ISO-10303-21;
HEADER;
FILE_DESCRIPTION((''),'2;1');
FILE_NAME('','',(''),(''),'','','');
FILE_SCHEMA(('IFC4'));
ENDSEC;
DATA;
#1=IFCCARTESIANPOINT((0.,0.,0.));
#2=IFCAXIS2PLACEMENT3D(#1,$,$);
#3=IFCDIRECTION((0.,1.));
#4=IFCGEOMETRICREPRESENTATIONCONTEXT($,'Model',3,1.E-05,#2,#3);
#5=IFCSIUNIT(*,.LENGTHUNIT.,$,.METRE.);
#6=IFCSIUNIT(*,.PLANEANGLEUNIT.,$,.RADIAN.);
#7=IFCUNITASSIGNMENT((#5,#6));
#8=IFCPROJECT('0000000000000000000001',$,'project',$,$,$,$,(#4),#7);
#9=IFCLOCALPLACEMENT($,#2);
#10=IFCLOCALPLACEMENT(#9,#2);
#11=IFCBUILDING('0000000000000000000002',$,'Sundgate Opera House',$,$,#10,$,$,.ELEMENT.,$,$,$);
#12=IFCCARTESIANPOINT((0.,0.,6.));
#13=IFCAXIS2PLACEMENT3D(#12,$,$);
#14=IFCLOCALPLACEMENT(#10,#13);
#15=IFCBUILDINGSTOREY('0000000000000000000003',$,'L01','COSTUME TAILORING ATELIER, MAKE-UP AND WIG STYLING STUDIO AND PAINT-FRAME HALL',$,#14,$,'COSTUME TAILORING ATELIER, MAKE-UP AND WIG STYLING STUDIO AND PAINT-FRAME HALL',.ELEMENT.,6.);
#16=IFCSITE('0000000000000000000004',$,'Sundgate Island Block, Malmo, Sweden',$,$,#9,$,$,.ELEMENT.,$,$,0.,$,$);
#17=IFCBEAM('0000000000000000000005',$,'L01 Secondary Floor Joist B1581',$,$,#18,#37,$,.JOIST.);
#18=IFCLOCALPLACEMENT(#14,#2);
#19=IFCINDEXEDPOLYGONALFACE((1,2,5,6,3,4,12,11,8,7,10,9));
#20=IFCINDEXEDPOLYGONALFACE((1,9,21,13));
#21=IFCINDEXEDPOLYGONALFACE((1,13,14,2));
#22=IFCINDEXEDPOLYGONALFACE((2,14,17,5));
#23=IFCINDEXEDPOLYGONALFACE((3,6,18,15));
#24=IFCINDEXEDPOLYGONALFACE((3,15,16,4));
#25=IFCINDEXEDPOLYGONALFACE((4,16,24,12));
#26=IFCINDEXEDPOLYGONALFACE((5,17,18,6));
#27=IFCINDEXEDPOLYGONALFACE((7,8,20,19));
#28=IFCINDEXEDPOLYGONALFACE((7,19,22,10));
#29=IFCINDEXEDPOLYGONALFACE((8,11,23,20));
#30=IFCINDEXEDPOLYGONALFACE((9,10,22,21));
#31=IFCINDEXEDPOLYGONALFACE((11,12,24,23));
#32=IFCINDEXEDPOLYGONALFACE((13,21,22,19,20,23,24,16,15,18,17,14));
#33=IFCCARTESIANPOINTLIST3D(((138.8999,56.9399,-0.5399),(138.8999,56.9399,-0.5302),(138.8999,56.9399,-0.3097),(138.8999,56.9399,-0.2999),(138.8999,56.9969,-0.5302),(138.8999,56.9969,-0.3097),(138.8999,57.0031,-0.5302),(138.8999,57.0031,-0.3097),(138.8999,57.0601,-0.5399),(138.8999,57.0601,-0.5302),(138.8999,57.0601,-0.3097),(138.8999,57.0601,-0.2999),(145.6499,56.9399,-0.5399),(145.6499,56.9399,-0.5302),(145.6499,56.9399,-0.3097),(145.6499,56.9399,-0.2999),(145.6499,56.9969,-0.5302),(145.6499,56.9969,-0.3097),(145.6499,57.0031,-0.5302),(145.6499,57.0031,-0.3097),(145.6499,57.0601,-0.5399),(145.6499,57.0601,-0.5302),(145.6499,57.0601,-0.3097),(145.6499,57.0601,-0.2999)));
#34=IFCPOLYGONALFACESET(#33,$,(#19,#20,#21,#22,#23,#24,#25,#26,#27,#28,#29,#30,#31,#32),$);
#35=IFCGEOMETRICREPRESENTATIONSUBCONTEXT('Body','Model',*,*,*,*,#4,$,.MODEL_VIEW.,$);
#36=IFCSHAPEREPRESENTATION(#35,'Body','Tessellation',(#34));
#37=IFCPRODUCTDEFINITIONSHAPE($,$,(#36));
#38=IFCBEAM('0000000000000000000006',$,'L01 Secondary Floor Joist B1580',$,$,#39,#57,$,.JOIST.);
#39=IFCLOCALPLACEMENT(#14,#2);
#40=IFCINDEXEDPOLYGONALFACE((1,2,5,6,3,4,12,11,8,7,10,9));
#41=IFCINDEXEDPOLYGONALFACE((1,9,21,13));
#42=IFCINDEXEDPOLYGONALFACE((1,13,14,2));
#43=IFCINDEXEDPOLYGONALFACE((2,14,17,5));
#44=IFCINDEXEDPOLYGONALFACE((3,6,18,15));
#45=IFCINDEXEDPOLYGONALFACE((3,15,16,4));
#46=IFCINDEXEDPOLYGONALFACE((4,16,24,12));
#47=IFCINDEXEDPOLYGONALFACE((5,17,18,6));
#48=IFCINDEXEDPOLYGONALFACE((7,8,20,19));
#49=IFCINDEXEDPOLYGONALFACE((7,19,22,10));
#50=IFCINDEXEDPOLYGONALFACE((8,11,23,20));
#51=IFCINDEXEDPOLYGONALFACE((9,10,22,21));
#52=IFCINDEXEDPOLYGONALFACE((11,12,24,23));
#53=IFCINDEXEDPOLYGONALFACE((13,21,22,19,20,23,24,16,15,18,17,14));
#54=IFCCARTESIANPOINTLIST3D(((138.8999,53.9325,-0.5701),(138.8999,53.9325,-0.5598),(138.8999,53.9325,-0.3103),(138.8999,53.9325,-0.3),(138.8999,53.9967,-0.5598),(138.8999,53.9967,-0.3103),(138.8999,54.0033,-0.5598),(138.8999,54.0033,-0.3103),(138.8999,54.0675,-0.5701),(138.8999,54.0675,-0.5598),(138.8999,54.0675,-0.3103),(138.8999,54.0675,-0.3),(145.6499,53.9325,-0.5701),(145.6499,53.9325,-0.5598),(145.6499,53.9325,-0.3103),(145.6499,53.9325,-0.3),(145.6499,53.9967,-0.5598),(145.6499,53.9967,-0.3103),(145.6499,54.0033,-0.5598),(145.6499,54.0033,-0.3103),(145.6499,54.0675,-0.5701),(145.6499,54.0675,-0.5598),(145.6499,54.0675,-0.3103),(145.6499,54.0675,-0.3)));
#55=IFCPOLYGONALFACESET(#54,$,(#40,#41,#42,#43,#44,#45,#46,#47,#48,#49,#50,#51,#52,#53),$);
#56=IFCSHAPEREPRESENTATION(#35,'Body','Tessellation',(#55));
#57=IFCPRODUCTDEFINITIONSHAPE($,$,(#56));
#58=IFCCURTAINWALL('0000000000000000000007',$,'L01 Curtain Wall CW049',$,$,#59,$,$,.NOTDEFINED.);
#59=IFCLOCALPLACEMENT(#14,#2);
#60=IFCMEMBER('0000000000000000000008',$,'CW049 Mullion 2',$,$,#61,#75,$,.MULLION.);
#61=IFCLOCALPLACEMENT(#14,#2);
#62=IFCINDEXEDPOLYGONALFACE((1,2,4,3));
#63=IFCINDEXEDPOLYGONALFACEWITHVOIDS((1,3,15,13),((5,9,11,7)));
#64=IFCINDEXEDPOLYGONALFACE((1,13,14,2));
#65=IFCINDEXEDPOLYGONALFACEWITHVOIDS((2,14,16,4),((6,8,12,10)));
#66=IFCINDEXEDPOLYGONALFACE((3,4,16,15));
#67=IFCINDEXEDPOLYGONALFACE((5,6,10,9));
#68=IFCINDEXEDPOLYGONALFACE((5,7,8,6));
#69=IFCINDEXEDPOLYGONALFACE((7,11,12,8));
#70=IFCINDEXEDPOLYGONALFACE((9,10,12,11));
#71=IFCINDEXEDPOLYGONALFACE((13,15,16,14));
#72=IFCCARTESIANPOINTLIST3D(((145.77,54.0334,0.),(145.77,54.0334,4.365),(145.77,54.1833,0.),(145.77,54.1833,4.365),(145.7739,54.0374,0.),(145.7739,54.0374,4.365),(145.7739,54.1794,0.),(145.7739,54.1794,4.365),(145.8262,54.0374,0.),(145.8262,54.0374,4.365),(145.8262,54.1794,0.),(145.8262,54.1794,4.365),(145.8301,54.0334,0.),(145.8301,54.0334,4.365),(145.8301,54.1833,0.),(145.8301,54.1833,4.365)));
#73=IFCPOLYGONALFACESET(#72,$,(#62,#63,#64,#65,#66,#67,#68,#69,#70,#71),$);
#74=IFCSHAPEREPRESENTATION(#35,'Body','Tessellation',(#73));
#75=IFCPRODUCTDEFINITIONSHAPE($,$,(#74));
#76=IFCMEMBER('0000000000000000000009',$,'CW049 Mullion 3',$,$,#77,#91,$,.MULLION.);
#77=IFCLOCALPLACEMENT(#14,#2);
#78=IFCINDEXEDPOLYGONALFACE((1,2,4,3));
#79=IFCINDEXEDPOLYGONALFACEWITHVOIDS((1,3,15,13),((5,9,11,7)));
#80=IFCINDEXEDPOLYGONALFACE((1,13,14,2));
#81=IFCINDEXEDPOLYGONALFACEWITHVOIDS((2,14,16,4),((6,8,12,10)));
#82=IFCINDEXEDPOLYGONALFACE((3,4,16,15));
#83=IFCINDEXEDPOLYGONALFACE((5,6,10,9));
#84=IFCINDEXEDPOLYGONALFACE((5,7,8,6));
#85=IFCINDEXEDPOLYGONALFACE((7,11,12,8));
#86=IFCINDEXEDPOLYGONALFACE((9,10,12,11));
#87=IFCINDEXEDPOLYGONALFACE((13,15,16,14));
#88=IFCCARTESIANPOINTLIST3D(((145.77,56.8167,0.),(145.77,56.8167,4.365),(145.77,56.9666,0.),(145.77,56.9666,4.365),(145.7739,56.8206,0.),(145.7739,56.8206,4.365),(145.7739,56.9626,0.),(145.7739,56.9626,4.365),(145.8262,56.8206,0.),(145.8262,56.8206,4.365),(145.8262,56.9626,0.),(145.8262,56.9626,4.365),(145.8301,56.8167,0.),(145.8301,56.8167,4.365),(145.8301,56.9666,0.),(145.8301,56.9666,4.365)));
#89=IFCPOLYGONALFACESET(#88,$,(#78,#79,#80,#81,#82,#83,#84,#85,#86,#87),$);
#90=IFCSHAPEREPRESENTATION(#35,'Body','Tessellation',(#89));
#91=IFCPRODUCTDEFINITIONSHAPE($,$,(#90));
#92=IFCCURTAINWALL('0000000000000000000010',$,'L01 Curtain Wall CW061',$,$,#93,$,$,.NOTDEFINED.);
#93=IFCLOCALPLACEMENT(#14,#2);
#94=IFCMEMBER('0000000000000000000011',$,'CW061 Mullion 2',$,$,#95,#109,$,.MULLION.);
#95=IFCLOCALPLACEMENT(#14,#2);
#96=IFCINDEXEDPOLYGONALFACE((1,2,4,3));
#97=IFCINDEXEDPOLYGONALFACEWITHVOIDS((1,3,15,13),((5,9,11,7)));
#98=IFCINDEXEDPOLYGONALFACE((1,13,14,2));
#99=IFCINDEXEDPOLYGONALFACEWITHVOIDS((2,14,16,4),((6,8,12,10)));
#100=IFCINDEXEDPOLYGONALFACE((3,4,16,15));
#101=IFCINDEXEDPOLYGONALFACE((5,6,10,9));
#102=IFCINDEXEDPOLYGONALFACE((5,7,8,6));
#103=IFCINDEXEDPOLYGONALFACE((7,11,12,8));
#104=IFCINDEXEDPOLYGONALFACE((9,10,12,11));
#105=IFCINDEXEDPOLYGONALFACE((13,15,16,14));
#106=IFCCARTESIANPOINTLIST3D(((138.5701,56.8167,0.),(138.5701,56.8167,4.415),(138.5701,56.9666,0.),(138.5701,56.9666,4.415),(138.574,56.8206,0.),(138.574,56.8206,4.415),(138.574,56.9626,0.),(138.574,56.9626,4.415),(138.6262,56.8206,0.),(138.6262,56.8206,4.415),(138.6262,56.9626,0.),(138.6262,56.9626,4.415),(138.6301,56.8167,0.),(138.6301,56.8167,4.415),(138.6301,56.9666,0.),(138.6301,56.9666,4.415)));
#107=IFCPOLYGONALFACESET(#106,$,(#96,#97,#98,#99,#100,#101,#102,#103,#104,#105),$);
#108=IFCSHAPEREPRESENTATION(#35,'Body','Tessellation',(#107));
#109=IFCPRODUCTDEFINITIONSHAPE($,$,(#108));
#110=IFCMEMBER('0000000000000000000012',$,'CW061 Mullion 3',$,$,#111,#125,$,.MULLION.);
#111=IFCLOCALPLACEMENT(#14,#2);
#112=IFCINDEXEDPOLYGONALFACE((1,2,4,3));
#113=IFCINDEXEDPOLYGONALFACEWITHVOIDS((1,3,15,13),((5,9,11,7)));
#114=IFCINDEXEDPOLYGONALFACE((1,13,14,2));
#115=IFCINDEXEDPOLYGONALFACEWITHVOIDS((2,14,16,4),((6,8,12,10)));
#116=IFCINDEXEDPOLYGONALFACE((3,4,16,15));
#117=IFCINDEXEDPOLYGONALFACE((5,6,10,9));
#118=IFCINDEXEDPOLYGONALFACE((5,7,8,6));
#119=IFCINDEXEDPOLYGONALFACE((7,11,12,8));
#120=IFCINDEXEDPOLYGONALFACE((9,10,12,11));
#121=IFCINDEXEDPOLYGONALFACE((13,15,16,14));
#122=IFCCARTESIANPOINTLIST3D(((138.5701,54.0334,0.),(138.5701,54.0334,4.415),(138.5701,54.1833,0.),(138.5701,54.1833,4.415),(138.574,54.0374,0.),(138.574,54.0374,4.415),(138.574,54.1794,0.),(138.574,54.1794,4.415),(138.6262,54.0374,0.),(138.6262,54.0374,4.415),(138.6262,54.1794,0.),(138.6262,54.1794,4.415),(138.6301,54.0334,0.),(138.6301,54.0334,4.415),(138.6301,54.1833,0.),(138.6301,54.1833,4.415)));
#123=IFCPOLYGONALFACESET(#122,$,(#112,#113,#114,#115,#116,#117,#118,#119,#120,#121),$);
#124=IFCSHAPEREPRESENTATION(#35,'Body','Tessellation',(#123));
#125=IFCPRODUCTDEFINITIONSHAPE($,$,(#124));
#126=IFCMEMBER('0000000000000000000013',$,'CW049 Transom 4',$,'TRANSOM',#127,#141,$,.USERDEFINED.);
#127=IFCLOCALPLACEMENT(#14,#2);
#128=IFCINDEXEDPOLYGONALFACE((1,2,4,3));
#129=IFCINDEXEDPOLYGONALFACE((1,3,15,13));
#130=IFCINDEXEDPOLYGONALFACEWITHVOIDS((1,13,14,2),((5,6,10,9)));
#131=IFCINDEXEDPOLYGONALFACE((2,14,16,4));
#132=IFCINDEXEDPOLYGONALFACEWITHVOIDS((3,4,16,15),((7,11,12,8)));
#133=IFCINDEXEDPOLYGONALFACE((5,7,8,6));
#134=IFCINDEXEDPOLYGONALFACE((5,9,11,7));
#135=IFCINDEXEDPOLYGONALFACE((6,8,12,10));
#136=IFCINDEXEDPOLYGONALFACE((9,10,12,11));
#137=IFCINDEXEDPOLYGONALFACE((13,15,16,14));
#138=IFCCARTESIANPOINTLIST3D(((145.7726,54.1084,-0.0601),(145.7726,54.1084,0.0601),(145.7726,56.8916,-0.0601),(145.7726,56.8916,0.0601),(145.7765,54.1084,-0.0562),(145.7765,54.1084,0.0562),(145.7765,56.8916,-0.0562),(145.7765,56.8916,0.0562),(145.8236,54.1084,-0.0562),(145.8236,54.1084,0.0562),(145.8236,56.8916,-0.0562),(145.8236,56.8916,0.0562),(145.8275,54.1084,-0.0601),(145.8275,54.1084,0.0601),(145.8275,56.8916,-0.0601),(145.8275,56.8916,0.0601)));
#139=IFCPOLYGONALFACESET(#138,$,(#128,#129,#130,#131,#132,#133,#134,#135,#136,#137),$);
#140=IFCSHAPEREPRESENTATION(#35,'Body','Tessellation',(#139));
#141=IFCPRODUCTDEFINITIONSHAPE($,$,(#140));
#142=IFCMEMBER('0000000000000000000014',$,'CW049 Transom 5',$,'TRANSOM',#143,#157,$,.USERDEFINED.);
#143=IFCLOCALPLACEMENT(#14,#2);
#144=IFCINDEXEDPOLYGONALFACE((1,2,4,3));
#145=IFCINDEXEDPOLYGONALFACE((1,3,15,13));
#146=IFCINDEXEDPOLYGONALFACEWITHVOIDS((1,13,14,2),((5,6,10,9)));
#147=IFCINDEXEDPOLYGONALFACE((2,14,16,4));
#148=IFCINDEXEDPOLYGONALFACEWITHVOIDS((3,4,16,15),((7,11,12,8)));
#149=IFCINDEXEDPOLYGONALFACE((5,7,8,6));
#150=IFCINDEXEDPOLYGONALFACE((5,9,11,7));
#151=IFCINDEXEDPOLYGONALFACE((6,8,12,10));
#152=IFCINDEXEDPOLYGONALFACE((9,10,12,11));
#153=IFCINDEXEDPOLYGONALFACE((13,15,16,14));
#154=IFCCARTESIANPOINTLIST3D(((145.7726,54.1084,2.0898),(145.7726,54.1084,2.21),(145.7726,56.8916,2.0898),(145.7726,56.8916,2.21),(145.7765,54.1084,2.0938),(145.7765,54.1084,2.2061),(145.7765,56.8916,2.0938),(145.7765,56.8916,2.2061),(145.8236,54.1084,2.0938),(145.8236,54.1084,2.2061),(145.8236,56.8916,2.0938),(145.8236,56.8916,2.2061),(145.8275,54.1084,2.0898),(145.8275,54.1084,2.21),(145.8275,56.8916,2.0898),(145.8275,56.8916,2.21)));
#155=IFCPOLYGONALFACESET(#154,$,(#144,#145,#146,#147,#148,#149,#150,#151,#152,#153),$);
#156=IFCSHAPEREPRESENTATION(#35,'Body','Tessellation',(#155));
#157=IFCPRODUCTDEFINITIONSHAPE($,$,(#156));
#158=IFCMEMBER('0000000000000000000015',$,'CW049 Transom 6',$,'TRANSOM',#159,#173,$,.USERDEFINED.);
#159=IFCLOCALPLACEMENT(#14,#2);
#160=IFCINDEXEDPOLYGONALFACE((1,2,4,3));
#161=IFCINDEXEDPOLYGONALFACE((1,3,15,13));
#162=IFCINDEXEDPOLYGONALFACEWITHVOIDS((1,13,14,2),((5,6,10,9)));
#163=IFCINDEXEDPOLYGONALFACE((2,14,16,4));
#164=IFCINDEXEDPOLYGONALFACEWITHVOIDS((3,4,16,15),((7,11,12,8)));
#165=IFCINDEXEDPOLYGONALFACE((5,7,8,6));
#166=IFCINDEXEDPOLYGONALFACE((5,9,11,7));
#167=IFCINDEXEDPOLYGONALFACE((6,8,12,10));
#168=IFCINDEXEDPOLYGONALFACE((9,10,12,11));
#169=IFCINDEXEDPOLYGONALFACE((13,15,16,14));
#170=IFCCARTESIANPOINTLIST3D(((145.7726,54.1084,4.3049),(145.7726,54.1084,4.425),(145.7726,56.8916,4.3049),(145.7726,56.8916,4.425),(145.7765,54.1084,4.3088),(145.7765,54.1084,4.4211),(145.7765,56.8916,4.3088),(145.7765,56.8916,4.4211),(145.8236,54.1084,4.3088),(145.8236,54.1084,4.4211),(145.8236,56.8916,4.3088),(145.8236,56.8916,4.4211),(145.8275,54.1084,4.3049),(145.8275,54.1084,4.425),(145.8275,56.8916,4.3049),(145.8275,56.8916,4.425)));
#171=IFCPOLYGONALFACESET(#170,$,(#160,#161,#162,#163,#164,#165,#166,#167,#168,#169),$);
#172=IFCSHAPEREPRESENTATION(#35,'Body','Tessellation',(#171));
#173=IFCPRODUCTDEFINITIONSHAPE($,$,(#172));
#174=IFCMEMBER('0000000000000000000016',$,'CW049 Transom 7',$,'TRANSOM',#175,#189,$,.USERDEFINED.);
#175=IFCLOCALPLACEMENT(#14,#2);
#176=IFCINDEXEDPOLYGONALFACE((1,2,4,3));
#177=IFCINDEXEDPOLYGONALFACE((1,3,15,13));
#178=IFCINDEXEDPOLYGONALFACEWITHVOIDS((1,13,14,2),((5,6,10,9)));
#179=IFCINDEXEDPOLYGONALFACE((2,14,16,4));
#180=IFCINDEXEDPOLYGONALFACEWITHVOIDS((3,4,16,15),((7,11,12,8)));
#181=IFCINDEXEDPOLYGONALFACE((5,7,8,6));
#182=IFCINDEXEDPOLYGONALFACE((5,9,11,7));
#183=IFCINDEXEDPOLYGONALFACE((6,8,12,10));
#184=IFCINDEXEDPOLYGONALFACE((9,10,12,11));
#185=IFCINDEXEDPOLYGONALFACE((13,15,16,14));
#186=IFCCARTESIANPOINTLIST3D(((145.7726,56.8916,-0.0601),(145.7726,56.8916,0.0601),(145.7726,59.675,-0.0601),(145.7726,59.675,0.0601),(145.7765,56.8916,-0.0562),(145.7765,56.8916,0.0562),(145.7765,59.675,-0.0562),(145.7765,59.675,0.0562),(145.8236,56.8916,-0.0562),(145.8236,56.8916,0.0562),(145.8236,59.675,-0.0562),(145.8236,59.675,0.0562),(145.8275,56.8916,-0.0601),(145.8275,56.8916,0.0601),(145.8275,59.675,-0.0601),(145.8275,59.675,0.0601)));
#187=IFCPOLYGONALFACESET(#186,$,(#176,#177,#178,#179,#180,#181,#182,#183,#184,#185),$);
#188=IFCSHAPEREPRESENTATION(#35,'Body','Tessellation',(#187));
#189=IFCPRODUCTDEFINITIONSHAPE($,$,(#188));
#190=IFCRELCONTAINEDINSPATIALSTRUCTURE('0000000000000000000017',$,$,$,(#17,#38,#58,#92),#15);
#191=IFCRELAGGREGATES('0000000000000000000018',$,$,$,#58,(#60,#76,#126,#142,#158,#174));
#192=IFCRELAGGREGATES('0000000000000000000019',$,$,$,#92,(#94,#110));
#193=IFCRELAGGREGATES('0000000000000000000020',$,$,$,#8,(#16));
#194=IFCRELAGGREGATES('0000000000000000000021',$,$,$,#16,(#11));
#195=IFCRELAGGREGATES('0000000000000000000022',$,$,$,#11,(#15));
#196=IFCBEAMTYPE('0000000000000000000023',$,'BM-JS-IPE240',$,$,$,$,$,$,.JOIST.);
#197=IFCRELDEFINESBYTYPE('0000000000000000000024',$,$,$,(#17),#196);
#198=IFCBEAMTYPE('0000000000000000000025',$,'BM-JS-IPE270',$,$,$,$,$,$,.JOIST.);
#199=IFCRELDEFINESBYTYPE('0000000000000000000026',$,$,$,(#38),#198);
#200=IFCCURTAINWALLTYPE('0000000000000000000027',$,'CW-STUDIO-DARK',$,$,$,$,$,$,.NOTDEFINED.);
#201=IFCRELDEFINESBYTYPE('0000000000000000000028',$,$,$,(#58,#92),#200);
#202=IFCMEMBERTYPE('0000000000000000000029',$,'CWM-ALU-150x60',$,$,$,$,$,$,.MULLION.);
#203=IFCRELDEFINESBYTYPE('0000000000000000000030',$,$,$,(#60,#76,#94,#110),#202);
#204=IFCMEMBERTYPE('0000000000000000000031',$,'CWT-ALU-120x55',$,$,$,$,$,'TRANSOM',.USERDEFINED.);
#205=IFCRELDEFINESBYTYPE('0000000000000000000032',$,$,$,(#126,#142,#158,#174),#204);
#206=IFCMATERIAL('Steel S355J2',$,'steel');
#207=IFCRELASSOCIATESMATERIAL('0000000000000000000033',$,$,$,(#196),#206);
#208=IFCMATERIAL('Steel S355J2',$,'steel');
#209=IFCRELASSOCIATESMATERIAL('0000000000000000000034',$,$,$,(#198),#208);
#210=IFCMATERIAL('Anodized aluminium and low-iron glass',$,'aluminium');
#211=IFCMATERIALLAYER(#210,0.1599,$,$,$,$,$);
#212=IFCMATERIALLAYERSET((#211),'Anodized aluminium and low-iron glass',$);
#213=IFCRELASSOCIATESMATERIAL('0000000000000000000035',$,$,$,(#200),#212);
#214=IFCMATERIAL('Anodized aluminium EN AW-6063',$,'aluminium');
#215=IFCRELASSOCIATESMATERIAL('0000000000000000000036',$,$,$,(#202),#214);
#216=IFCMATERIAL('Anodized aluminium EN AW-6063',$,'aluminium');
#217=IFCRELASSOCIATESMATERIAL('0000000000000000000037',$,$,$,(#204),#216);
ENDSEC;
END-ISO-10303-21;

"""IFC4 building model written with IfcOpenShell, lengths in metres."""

from ifc_helpers import new_model, si_unit, direction, frame, origin, origin_2d, place, context, subcontext, project, spatial, hollow_rectangle, i_section, extrude, material, layer, layer_set, material_profile, profile_set, type_object, element, aggregate, save


model = new_model("IFC4")

# Units and contexts
model_context = context("Model", 3, precision=1e-05, world=origin(), true_north=direction((0.0, 1.0)))
body_context = subcontext(model_context, "Body", "Model", "MODEL_VIEW")
ifc_project = project(units=[si_unit("LENGTHUNIT", "METRE"), si_unit("PLANEANGLEUNIT", "RADIAN")], contexts=[model_context])

# Site, building, storey
site_placement = place(None, origin())
site = spatial("IfcSite", under=ifc_project, at=site_placement, Name="Sundgate Island Block, Malmo, Sweden", CompositionType="ELEMENT", RefElevation=0.0)
building_placement = place(site_placement, origin())
building = spatial("IfcBuilding", under=site, at=building_placement, Name="Sundgate Opera House", CompositionType="ELEMENT")
storey_placement = place(building_placement, frame((0.0, 0.0, 6.0)))
storey = spatial("IfcBuildingStorey", under=building, at=storey_placement, Name="L01", Description="COSTUME TAILORING ATELIER, MAKE-UP AND WIG STYLING STUDIO AND PAINT-FRAME HALL", LongName="COSTUME TAILORING ATELIER, MAKE-UP AND WIG STYLING STUDIO AND PAINT-FRAME HALL", CompositionType="ELEMENT", Elevation=6.0)

# Beams
ifc_material_1 = material(Name="Steel S355J2", Category="steel")
ifc_material_profile_1 = material_profile(ifc_material_1, i_section(OverallWidth=0.1201, OverallDepth=0.24, WebThickness=0.0061, FlangeThickness=0.0098, at=origin_2d()), Name="IPE 240")
ifc_profile_set_1 = profile_set([ifc_material_profile_1], Name="Steel S355J2")
beam_type_1 = type_object("IfcBeamType", Name="BM-JS-IPE240", PredefinedType="JOIST", material=ifc_profile_set_1)
beam_1_placement = place(storey_placement, frame((138.8999, 57.0, -0.4199), z_axis=(1.0, 0.0, 0.0), x_axis=(0.0, 1.0, 0.0)))
element("IfcBeam", 1, at=beam_1_placement, inside=storey, type_object=beam_type_1, Name="L01 Secondary Floor Joist B1581", PredefinedType="JOIST", context=body_context, shape_type="SweptSolid", body=[
    extrude(i_section(OverallWidth=0.1201, OverallDepth=0.24, WebThickness=0.0061, FlangeThickness=0.0098, at=origin_2d()), origin(), (0.0, 0.0, 1.0), 6.75),
])
ifc_material_2 = material(Name="Steel S355J2", Category="steel")
ifc_material_profile_2 = material_profile(ifc_material_2, i_section(OverallWidth=0.135, OverallDepth=0.27, WebThickness=0.0066, FlangeThickness=0.0103, at=origin_2d()), Name="IPE 270")
ifc_profile_set_2 = profile_set([ifc_material_profile_2], Name="Steel S355J2")
beam_type_2 = type_object("IfcBeamType", Name="BM-JS-IPE270", PredefinedType="JOIST", material=ifc_profile_set_2)
beam_2_placement = place(storey_placement, frame((138.8999, 54.0, -0.4351), z_axis=(1.0, 0.0, 0.0), x_axis=(0.0, 1.0, 0.0)))
element("IfcBeam", 2, at=beam_2_placement, inside=storey, type_object=beam_type_2, Name="L01 Secondary Floor Joist B1580", PredefinedType="JOIST", context=body_context, shape_type="SweptSolid", body=[
    extrude(i_section(OverallWidth=0.135, OverallDepth=0.27, WebThickness=0.0066, FlangeThickness=0.0103, at=origin_2d()), origin(), (0.0, 0.0, 1.0), 6.75),
])

# Curtain walls, members
ifc_material_3 = material(Name="Anodized aluminium and low-iron glass", Category="aluminium")
ifc_layer_1 = layer(ifc_material_3, 0.1599)
ifc_layer_set_1 = layer_set([ifc_layer_1], Name="Anodized aluminium and low-iron glass")
curtain_wall_type = type_object("IfcCurtainWallType", Name="CW-STUDIO-DARK", PredefinedType="NOTDEFINED", material=ifc_layer_set_1)
curtain_wall_1_placement = place(storey_placement, origin())
curtain_wall_1 = element("IfcCurtainWall", 3, at=curtain_wall_1_placement, inside=storey, type_object=curtain_wall_type, Name="L01 Curtain Wall CW049", PredefinedType="NOTDEFINED")
ifc_material_4 = material(Name="Anodized aluminium EN AW-6063", Category="aluminium")
ifc_material_profile_3 = material_profile(ifc_material_4, hollow_rectangle(XDim=0.0601, YDim=0.1499, WallThickness=0.0039, at=origin_2d()), Name="CWM 150x60x4")
ifc_profile_set_3 = profile_set([ifc_material_profile_3], Name="Anodized aluminium EN AW-6063")
member_type_1 = type_object("IfcMemberType", Name="CWM-ALU-150x60", PredefinedType="MULLION", material=ifc_profile_set_3)
member_1_placement = place(storey_placement, frame((145.8, 54.1084, 0.0), z_axis=(0.0, 0.0, 1.0), x_axis=(1.0, 0.0, 0.0)))
member_1 = element("IfcMember", 4, at=member_1_placement, type_object=member_type_1, Name="CW049 Mullion 2", PredefinedType="MULLION", context=body_context, shape_type="SweptSolid", body=[
    extrude(hollow_rectangle(XDim=0.0601, YDim=0.1499, WallThickness=0.0039, at=origin_2d()), origin(), (0.0, 0.0, 1.0), 4.365),
])
member_2_placement = place(storey_placement, frame((145.8, 56.8916, 0.0), z_axis=(0.0, 0.0, 1.0), x_axis=(1.0, 0.0, 0.0)))
member_2 = element("IfcMember", 5, at=member_2_placement, type_object=member_type_1, Name="CW049 Mullion 3", PredefinedType="MULLION", context=body_context, shape_type="SweptSolid", body=[
    extrude(hollow_rectangle(XDim=0.0601, YDim=0.1499, WallThickness=0.0039, at=origin_2d()), origin(), (0.0, 0.0, 1.0), 4.365),
])
curtain_wall_2_placement = place(storey_placement, origin())
curtain_wall_2 = element("IfcCurtainWall", 6, at=curtain_wall_2_placement, inside=storey, type_object=curtain_wall_type, Name="L01 Curtain Wall CW061", PredefinedType="NOTDEFINED")
member_3_placement = place(storey_placement, frame((138.6001, 56.8916, 0.0), z_axis=(0.0, 0.0, 1.0), x_axis=(1.0, 0.0, 0.0)))
member_3 = element("IfcMember", 7, at=member_3_placement, type_object=member_type_1, Name="CW061 Mullion 2", PredefinedType="MULLION", context=body_context, shape_type="SweptSolid", body=[
    extrude(hollow_rectangle(XDim=0.0601, YDim=0.1499, WallThickness=0.0039, at=origin_2d()), origin(), (0.0, 0.0, 1.0), 4.415),
])
member_4_placement = place(storey_placement, frame((138.6001, 54.1084, 0.0), z_axis=(0.0, 0.0, 1.0), x_axis=(1.0, 0.0, 0.0)))
member_4 = element("IfcMember", 8, at=member_4_placement, type_object=member_type_1, Name="CW061 Mullion 3", PredefinedType="MULLION", context=body_context, shape_type="SweptSolid", body=[
    extrude(hollow_rectangle(XDim=0.0601, YDim=0.1499, WallThickness=0.0039, at=origin_2d()), origin(), (0.0, 0.0, 1.0), 4.415),
])

# Members
ifc_material_5 = material(Name="Anodized aluminium EN AW-6063", Category="aluminium")
ifc_material_profile_4 = material_profile(ifc_material_5, hollow_rectangle(XDim=0.0549, YDim=0.1201, WallThickness=0.0039, at=origin_2d()), Name="CWT 120x55x4")
ifc_profile_set_4 = profile_set([ifc_material_profile_4], Name="Anodized aluminium EN AW-6063")
member_type_2 = type_object("IfcMemberType", Name="CWT-ALU-120x55", ElementType="TRANSOM", PredefinedType="USERDEFINED", material=ifc_profile_set_4)
member_5_placement = place(storey_placement, frame((145.8, 54.1084, 0.0), z_axis=(0.0, 1.0, 0.0), x_axis=(-1.0, 0.0, 0.0)))
member_5 = element("IfcMember", 9, at=member_5_placement, type_object=member_type_2, Name="CW049 Transom 4", ObjectType="TRANSOM", PredefinedType="USERDEFINED", context=body_context, shape_type="SweptSolid", body=[
    extrude(hollow_rectangle(XDim=0.0549, YDim=0.1201, WallThickness=0.0039, at=origin_2d()), origin(), (0.0, 0.0, 1.0), 2.7832),
])
member_6_placement = place(storey_placement, frame((145.8, 54.1084, 2.1499), z_axis=(0.0, 1.0, 0.0), x_axis=(-1.0, 0.0, 0.0)))
member_6 = element("IfcMember", 10, at=member_6_placement, type_object=member_type_2, Name="CW049 Transom 5", ObjectType="TRANSOM", PredefinedType="USERDEFINED", context=body_context, shape_type="SweptSolid", body=[
    extrude(hollow_rectangle(XDim=0.0549, YDim=0.1201, WallThickness=0.0039, at=origin_2d()), origin(), (0.0, 0.0, 1.0), 2.7832),
])
member_7_placement = place(storey_placement, frame((145.8, 54.1084, 4.365), z_axis=(0.0, 1.0, 0.0), x_axis=(-1.0, 0.0, 0.0)))
member_7 = element("IfcMember", 11, at=member_7_placement, type_object=member_type_2, Name="CW049 Transom 6", ObjectType="TRANSOM", PredefinedType="USERDEFINED", context=body_context, shape_type="SweptSolid", body=[
    extrude(hollow_rectangle(XDim=0.0549, YDim=0.1201, WallThickness=0.0039, at=origin_2d()), origin(), (0.0, 0.0, 1.0), 2.7832),
])
member_8_placement = place(storey_placement, frame((145.8, 56.8916, 0.0), z_axis=(0.0, 1.0, 0.0), x_axis=(-1.0, 0.0, 0.0)))
member_8 = element("IfcMember", 12, at=member_8_placement, type_object=member_type_2, Name="CW049 Transom 7", ObjectType="TRANSOM", PredefinedType="USERDEFINED", context=body_context, shape_type="SweptSolid", body=[
    extrude(hollow_rectangle(XDim=0.0549, YDim=0.1201, WallThickness=0.0039, at=origin_2d()), origin(), (0.0, 0.0, 1.0), 2.7834),
])

aggregate(curtain_wall_1, [member_1, member_2, member_5, member_6, member_7, member_8])
aggregate(curtain_wall_2, [member_3, member_4])

save(model, "model.ifc")
